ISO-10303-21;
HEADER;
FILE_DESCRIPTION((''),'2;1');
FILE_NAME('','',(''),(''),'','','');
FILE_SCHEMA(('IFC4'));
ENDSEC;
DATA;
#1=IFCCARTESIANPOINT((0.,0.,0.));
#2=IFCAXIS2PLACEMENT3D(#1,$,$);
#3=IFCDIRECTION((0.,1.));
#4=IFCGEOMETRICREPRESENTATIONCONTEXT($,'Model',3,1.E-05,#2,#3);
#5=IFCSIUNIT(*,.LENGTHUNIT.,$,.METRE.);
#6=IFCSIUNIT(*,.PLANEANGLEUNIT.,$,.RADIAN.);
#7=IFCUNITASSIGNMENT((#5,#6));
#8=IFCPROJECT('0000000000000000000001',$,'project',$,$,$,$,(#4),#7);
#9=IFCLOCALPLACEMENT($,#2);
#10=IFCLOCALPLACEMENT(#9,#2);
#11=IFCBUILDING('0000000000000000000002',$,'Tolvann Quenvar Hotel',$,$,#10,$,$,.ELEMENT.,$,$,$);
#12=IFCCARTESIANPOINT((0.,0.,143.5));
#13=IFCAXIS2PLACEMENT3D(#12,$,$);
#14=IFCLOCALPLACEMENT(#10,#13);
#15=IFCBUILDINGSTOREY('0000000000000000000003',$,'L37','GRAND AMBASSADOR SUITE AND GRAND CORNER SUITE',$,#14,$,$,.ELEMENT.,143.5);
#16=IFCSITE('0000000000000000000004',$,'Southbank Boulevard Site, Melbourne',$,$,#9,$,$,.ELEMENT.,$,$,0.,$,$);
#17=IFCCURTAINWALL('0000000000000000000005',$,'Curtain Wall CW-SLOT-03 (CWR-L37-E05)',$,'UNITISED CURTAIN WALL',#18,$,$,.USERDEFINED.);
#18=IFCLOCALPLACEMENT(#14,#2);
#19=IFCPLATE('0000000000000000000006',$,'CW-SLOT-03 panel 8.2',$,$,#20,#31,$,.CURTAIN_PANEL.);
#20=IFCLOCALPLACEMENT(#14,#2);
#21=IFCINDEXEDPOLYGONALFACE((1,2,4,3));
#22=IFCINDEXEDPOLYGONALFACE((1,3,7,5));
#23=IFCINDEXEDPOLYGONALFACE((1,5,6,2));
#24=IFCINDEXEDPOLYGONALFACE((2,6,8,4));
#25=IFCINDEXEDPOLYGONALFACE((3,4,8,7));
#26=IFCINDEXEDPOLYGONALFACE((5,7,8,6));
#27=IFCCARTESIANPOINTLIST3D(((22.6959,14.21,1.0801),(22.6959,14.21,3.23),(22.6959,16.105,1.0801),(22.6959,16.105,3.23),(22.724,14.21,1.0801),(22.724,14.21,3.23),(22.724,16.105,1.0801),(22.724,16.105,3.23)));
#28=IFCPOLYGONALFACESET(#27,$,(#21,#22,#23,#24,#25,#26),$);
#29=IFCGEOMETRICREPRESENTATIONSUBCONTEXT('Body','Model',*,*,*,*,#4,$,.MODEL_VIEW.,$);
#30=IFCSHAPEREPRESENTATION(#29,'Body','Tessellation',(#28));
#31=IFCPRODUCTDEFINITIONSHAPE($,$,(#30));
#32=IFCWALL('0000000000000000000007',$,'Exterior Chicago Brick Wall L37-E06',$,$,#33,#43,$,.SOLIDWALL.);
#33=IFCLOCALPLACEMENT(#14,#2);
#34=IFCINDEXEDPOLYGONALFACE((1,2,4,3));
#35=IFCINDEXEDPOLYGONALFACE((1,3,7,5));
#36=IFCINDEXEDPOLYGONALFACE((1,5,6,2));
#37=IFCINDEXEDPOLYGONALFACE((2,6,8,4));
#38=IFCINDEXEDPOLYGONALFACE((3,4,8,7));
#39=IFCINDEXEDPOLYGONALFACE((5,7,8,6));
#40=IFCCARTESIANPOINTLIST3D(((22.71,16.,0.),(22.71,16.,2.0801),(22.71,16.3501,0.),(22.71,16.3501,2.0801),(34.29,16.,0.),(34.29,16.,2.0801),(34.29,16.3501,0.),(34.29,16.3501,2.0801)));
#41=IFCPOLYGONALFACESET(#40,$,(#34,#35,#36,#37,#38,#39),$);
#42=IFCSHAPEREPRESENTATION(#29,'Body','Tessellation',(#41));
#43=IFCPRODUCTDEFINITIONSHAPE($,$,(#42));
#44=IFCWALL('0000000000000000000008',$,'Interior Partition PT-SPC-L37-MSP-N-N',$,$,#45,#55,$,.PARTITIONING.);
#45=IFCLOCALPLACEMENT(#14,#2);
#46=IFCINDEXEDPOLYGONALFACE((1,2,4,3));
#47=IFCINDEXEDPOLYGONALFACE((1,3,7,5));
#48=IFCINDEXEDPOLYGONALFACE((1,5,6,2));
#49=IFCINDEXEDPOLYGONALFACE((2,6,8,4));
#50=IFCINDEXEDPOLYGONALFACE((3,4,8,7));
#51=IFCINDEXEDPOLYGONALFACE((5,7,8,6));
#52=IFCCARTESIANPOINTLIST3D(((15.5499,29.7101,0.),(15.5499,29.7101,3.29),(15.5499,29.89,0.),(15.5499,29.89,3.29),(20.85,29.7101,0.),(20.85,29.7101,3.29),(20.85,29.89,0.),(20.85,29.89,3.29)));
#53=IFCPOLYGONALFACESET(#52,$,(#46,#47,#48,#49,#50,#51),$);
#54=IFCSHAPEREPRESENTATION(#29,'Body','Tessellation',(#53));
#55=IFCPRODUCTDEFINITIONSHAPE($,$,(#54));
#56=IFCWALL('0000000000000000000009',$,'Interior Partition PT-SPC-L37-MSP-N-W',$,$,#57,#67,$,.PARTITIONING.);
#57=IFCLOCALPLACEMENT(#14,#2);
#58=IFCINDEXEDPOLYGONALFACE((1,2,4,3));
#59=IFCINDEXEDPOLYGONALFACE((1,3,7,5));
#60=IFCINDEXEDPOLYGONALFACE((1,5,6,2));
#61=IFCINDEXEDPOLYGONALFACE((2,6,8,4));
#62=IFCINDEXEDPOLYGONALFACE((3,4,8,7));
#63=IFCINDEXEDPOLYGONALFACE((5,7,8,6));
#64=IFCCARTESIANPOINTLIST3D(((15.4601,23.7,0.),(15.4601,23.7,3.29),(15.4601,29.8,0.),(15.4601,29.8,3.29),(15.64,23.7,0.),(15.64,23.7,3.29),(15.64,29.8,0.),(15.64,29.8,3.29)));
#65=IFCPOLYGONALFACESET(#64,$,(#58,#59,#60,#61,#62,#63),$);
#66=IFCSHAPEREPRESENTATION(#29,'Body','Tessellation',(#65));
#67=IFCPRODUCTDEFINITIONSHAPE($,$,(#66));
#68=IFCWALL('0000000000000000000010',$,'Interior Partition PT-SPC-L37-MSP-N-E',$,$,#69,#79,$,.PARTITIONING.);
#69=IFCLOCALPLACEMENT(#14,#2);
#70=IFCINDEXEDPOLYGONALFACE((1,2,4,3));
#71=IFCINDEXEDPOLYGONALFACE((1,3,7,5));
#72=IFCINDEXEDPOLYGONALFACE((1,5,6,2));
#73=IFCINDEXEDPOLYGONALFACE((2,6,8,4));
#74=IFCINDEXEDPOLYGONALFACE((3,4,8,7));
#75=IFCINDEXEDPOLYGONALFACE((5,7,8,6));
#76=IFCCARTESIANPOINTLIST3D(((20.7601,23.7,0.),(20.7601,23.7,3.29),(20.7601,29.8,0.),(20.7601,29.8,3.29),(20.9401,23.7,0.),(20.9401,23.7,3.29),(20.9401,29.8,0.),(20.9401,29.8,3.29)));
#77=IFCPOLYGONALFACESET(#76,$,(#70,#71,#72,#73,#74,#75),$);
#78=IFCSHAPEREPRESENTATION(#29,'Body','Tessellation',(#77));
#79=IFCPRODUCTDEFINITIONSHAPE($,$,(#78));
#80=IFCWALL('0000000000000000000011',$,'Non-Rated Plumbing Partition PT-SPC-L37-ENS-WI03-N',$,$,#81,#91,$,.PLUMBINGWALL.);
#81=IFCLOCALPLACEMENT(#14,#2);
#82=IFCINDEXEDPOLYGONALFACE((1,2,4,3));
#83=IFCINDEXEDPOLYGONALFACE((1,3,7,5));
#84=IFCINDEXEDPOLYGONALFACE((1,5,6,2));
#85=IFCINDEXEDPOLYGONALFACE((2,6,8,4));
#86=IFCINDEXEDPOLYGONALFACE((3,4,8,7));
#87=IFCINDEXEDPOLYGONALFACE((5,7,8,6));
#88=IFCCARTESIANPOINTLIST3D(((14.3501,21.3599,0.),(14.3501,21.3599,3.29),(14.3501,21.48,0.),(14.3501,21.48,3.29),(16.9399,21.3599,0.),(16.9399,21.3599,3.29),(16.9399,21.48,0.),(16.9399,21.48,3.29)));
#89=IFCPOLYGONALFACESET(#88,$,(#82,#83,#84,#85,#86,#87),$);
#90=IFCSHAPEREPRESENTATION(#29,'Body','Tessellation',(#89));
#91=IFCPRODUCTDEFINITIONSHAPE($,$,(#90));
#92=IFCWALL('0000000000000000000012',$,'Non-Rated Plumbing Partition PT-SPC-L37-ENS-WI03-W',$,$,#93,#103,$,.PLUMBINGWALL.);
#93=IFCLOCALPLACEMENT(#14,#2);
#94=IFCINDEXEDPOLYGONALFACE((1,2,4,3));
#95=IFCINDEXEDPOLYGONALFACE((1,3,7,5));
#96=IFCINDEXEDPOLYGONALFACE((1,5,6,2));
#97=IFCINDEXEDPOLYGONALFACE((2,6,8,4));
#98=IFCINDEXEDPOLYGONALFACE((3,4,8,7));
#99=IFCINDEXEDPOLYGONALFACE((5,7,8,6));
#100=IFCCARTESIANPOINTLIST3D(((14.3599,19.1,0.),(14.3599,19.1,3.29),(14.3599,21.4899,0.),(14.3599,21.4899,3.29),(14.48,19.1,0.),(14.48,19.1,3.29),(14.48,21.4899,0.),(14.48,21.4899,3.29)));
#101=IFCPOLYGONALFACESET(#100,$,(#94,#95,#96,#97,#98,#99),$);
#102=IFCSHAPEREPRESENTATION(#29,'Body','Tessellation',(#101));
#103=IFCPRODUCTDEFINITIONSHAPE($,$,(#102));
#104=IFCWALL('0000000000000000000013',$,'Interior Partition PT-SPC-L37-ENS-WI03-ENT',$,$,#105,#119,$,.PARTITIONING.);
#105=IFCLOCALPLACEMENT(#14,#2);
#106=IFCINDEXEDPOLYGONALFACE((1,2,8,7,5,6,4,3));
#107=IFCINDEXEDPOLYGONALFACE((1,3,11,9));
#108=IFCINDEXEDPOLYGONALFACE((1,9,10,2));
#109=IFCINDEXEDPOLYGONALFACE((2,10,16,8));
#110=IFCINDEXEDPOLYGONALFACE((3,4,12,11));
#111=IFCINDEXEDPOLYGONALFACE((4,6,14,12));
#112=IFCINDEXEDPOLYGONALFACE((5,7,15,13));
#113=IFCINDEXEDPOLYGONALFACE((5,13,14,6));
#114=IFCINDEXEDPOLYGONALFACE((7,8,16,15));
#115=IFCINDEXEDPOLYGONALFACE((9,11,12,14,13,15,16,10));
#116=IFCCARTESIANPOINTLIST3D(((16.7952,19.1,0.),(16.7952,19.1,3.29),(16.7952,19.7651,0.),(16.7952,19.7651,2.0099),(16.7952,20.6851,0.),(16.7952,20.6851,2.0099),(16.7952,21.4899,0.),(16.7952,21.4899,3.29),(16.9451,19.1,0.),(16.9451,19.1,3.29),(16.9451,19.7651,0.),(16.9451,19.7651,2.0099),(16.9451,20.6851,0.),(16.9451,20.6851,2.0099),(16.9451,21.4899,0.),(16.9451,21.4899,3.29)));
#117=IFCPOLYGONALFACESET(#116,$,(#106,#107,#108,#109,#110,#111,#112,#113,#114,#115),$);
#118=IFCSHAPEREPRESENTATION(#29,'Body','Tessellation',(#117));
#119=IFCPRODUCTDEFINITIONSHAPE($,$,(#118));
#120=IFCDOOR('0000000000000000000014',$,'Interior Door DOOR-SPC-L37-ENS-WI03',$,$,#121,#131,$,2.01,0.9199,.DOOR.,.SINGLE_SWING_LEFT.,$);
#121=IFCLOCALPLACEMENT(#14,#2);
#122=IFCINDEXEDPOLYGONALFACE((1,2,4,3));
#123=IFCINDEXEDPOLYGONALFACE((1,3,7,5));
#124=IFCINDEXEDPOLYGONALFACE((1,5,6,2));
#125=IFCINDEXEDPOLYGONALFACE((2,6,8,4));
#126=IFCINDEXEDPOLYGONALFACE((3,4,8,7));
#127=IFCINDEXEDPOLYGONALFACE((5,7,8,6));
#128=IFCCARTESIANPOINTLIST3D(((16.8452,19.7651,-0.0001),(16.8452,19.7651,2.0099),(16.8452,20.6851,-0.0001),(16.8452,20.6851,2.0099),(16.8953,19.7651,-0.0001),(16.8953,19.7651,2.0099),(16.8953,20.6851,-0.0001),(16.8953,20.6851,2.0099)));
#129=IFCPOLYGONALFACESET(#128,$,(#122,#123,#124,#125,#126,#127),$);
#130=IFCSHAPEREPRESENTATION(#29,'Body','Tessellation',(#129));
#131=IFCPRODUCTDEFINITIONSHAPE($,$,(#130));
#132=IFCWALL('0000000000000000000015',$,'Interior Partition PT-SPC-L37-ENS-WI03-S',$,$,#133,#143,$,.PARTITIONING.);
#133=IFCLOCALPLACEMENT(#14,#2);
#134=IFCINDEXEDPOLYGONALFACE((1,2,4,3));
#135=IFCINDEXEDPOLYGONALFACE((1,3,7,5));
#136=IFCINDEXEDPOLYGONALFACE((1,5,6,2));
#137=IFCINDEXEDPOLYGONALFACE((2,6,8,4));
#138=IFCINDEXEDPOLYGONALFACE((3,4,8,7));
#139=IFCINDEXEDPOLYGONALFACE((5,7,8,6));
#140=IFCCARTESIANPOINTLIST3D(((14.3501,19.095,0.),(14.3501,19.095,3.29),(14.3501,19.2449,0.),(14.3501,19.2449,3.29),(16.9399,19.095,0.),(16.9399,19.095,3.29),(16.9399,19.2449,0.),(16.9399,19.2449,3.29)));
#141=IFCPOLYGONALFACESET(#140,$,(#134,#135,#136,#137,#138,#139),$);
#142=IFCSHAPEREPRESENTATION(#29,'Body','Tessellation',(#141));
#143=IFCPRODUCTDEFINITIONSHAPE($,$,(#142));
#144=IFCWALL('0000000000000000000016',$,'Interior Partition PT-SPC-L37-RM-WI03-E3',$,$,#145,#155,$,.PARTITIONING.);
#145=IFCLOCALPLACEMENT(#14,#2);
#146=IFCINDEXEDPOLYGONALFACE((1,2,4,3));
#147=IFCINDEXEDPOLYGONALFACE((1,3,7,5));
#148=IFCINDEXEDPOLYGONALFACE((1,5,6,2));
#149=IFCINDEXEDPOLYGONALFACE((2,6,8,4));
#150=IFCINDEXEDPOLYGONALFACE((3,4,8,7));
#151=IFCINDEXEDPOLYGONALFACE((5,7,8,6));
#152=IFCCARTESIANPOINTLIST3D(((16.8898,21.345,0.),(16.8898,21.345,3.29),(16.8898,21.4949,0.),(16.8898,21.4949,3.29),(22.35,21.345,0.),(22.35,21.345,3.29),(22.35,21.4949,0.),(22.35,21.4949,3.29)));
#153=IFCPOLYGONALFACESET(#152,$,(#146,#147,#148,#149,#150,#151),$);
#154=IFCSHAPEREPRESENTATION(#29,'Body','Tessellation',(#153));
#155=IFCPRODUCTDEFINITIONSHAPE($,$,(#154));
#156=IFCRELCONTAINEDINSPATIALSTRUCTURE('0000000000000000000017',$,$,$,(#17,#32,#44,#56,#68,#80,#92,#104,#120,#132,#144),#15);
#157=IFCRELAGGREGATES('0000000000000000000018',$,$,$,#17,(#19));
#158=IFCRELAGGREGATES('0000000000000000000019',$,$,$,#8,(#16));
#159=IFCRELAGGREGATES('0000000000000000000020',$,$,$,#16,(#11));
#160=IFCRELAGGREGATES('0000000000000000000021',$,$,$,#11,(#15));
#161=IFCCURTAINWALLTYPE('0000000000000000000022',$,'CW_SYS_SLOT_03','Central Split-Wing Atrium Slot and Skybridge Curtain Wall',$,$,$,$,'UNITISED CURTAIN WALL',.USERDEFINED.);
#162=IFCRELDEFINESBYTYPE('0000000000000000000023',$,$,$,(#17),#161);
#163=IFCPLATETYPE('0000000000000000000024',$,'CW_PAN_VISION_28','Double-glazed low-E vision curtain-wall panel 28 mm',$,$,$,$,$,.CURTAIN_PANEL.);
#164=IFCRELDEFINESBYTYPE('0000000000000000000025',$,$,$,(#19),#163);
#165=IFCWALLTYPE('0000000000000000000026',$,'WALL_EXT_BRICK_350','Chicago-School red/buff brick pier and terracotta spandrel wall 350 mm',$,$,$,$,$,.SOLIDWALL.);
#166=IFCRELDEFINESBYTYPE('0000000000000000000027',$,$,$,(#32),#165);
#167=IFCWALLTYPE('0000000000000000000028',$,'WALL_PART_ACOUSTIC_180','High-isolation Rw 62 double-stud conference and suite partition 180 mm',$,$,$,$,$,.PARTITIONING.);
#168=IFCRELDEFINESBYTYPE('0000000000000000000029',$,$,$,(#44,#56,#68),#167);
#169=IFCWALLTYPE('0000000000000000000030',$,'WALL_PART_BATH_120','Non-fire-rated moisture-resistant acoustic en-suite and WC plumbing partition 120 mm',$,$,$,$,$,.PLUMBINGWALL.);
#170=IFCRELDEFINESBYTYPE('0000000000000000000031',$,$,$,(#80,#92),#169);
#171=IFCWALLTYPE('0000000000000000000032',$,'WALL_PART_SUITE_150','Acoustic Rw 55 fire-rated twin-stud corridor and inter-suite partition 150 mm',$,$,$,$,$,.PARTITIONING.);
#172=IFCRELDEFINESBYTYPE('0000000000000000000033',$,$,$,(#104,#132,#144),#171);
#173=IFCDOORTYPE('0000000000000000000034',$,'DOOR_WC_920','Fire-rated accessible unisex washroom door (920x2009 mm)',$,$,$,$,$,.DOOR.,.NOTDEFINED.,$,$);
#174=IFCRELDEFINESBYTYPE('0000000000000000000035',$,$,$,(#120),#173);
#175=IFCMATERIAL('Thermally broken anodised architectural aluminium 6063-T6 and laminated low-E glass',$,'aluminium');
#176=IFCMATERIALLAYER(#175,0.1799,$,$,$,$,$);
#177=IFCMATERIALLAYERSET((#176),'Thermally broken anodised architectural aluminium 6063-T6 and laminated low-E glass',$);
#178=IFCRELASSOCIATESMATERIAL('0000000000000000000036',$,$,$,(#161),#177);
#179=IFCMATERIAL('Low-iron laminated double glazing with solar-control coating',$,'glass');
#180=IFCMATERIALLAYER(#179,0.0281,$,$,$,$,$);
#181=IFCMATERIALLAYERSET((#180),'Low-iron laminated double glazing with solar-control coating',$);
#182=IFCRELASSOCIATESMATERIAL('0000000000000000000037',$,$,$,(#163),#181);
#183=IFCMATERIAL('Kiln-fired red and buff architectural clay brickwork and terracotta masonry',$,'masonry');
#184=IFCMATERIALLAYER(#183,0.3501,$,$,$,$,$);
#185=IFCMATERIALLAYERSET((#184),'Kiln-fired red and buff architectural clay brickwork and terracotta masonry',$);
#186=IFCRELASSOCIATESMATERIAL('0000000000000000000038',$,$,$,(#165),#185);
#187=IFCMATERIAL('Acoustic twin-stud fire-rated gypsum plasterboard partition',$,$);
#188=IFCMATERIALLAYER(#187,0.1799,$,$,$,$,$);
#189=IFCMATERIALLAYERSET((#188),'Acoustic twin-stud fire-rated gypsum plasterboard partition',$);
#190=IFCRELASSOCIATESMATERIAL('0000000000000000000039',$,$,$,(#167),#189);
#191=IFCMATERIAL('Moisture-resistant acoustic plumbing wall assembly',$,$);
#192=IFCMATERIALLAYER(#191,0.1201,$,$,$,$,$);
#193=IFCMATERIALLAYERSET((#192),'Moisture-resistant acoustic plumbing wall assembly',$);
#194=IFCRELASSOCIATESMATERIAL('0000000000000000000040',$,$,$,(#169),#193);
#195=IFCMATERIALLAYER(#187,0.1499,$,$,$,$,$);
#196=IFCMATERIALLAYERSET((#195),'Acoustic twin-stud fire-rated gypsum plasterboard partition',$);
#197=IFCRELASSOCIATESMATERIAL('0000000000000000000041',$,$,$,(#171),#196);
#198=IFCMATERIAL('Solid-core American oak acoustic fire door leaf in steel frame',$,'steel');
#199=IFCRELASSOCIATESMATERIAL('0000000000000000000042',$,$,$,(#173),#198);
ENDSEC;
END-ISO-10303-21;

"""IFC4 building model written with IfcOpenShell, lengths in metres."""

from ifc_helpers import new_model, si_unit, direction, frame, frame_2d, origin, origin_2d, place, context, subcontext, project, spatial, rectangle, extrude, source, transform, mapped, material, layer, layer_set, type_object, type_shapes, element, fill, aggregate, save


model = new_model("IFC4")

# Units and contexts
model_context = context("Model", 3, precision=1e-05, world=origin(), true_north=direction((0.0, 1.0)))
body_context = subcontext(model_context, "Body", "Model", "MODEL_VIEW")
ifc_project = project(units=[si_unit("LENGTHUNIT", "METRE"), si_unit("PLANEANGLEUNIT", "RADIAN")], contexts=[model_context])

# Site, building, storey
site_placement = place(None, origin())
site = spatial("IfcSite", under=ifc_project, at=site_placement, Name="Southbank Boulevard Site, Melbourne", CompositionType="ELEMENT", RefElevation=0.0)
building_placement = place(site_placement, origin())
building = spatial("IfcBuilding", under=site, at=building_placement, Name="Tolvann Quenvar Hotel", CompositionType="ELEMENT")
storey_placement = place(building_placement, frame((0.0, 0.0, 143.5)))
storey = spatial("IfcBuildingStorey", under=building, at=storey_placement, Name="L37", Description="GRAND AMBASSADOR SUITE AND GRAND CORNER SUITE", CompositionType="ELEMENT", Elevation=143.5)

# Curtain wall, plate
ifc_material_1 = material(Name="Thermally broken anodised architectural aluminium 6063-T6 and laminated low-E glass", Category="aluminium")
ifc_layer_1 = layer(ifc_material_1, 0.1799)
ifc_layer_set_1 = layer_set([ifc_layer_1], Name="Thermally broken anodised architectural aluminium 6063-T6 and laminated low-E glass")
curtain_wall_type = type_object("IfcCurtainWallType", Name="CW_SYS_SLOT_03", Description="Central Split-Wing Atrium Slot and Skybridge Curtain Wall", ElementType="UNITISED CURTAIN WALL", PredefinedType="USERDEFINED", material=ifc_layer_set_1)
curtain_wall_placement = place(storey_placement, origin())
curtain_wall = element("IfcCurtainWall", 1, at=curtain_wall_placement, inside=storey, type_object=curtain_wall_type, Name="Curtain Wall CW-SLOT-03 (CWR-L37-E05)", ObjectType="UNITISED CURTAIN WALL", PredefinedType="USERDEFINED")
ifc_material_2 = material(Name="Low-iron laminated double glazing with solar-control coating", Category="glass")
ifc_layer_2 = layer(ifc_material_2, 0.0281)
ifc_layer_set_2 = layer_set([ifc_layer_2], Name="Low-iron laminated double glazing with solar-control coating")
plate_type = type_object("IfcPlateType", Name="CW_PAN_VISION_28", Description="Double-glazed low-E vision curtain-wall panel 28 mm", PredefinedType="CURTAIN_PANEL", material=ifc_layer_set_2)
shared_shape_1 = source(origin(), body_context, "Body", "SweptSolid", [
    extrude(rectangle(XDim=1.895, YDim=0.0281, at=origin_2d()), origin(), (0.0, 0.0, 1.0), 2.1499),
])
type_shapes(plate_type, [shared_shape_1])
plate_placement = place(storey_placement, frame((22.71, 15.1575, 1.0801), z_axis=(0.0, 0.0, 1.0), x_axis=(0.0, 1.0, 0.0)))
plate = element("IfcPlate", 2, at=plate_placement, type_object=plate_type, Name="CW-SLOT-03 panel 8.2", PredefinedType="CURTAIN_PANEL", context=body_context, shape_type="MappedRepresentation", body=[
    mapped(shared_shape_1, transform((0.0, 0.0, 0.0), x_axis=(1.0, 0.0, 0.0), y_axis=(0.0, 1.0, 0.0), z_axis=(0.0, 0.0, 1.0), scale=1.0)),
])
aggregate(curtain_wall, [plate])

# Wall
ifc_material_3 = material(Name="Kiln-fired red and buff architectural clay brickwork and terracotta masonry", Category="masonry")
ifc_layer_3 = layer(ifc_material_3, 0.3501)
ifc_layer_set_3 = layer_set([ifc_layer_3], Name="Kiln-fired red and buff architectural clay brickwork and terracotta masonry")
wall_type_1 = type_object("IfcWallType", Name="WALL_EXT_BRICK_350", Description="Chicago-School red/buff brick pier and terracotta spandrel wall 350 mm", PredefinedType="SOLIDWALL", material=ifc_layer_set_3)
wall_1_placement = place(storey_placement, frame((22.71, 16.175, 0.0), z_axis=(0.0, 0.0, 1.0), x_axis=(1.0, 0.0, 0.0)))
element("IfcWall", 3, at=wall_1_placement, inside=storey, type_object=wall_type_1, Name="Exterior Chicago Brick Wall L37-E06", PredefinedType="SOLIDWALL", context=body_context, shape_type="SweptSolid", body=[
    extrude(rectangle(XDim=11.5801, YDim=0.3501, at=frame_2d((5.79, 0.0))), origin(), (0.0, 0.0, 1.0), 2.0801),
])

# Shared definitions
ifc_material_4 = material(Name="Acoustic twin-stud fire-rated gypsum plasterboard partition")
ifc_layer_4 = layer(ifc_material_4, 0.1799)
ifc_layer_set_4 = layer_set([ifc_layer_4], Name="Acoustic twin-stud fire-rated gypsum plasterboard partition")
wall_type_2 = type_object("IfcWallType", Name="WALL_PART_ACOUSTIC_180", Description="High-isolation Rw 62 double-stud conference and suite partition 180 mm", PredefinedType="PARTITIONING", material=ifc_layer_set_4)
ifc_material_5 = material(Name="Solid-core American oak acoustic fire door leaf in steel frame", Category="steel")

# Walls
wall_2_placement = place(storey_placement, frame((15.55, 29.8, 0.0), z_axis=(0.0, 0.0, 1.0), x_axis=(1.0, 0.0, 0.0)))
element("IfcWall", 4, at=wall_2_placement, inside=storey, type_object=wall_type_2, Name="Interior Partition PT-SPC-L37-MSP-N-N", PredefinedType="PARTITIONING", context=body_context, shape_type="SweptSolid", body=[
    extrude(rectangle(XDim=5.3, YDim=0.1799, at=frame_2d((2.6499, 0.0))), origin(), (0.0, 0.0, 1.0), 3.29),
])
for number, where, z_axis, x_axis, name in (
    (5, (15.55, 23.7, 0.0), (0.0, 0.0, 1.0), (0.0, 1.0, 0.0), "Interior Partition PT-SPC-L37-MSP-N-W"),
    (6, (20.8501, 23.7, 0.0), (0.0, 0.0, 1.0), (0.0, 1.0, 0.0), "Interior Partition PT-SPC-L37-MSP-N-E"),
):
    element("IfcWall", number, at=place(storey_placement, frame(where, z_axis=z_axis, x_axis=x_axis)), inside=storey, type_object=wall_type_2, Name=name, PredefinedType="PARTITIONING", context=body_context, shape_type="SweptSolid", body=[
        extrude(rectangle(XDim=6.1001, YDim=0.1799, at=frame_2d((3.05, 0.0))), origin(), (0.0, 0.0, 1.0), 3.29),
    ])
ifc_material_6 = material(Name="Moisture-resistant acoustic plumbing wall assembly")
ifc_layer_5 = layer(ifc_material_6, 0.1201)
ifc_layer_set_5 = layer_set([ifc_layer_5], Name="Moisture-resistant acoustic plumbing wall assembly")
wall_type_3 = type_object("IfcWallType", Name="WALL_PART_BATH_120", Description="Non-fire-rated moisture-resistant acoustic en-suite and WC plumbing partition 120 mm", PredefinedType="PLUMBINGWALL", material=ifc_layer_set_5)
wall_3_placement = place(storey_placement, frame((14.3501, 21.4199, 0.0), z_axis=(0.0, 0.0, 1.0), x_axis=(1.0, 0.0, 0.0)))
element("IfcWall", 7, at=wall_3_placement, inside=storey, type_object=wall_type_3, Name="Non-Rated Plumbing Partition PT-SPC-L37-ENS-WI03-N", PredefinedType="PLUMBINGWALL", context=body_context, shape_type="SweptSolid", body=[
    extrude(rectangle(XDim=2.5898, YDim=0.1201, at=frame_2d((1.2949, 0.0))), origin(), (0.0, 0.0, 1.0), 3.29),
])
wall_4_placement = place(storey_placement, frame((14.4199, 19.1001, 0.0), z_axis=(0.0, 0.0, 1.0), x_axis=(0.0, 1.0, 0.0)))
element("IfcWall", 8, at=wall_4_placement, inside=storey, type_object=wall_type_3, Name="Non-Rated Plumbing Partition PT-SPC-L37-ENS-WI03-W", PredefinedType="PLUMBINGWALL", context=body_context, shape_type="SweptSolid", body=[
    extrude(rectangle(XDim=2.3899, YDim=0.1201, at=frame_2d((1.1948, 0.0))), origin(), (0.0, 0.0, 1.0), 3.29),
])

# Wall, opening, door
ifc_layer_6 = layer(ifc_material_4, 0.1499)
ifc_layer_set_6 = layer_set([ifc_layer_6], Name="Acoustic twin-stud fire-rated gypsum plasterboard partition")
wall_type_4 = type_object("IfcWallType", Name="WALL_PART_SUITE_150", Description="Acoustic Rw 55 fire-rated twin-stud corridor and inter-suite partition 150 mm", PredefinedType="PARTITIONING", material=ifc_layer_set_6)
wall_5_placement = place(storey_placement, frame((16.8701, 19.1001, 0.0), z_axis=(0.0, 0.0, 1.0), x_axis=(0.0, 1.0, 0.0)))
wall_5 = element("IfcWall", 9, at=wall_5_placement, inside=storey, type_object=wall_type_4, Name="Interior Partition PT-SPC-L37-ENS-WI03-ENT", PredefinedType="PARTITIONING", context=body_context, shape_type="SweptSolid", body=[
    extrude(rectangle(XDim=2.3899, YDim=0.1499, at=frame_2d((1.1948, 0.0))), origin(), (0.0, 0.0, 1.0), 3.29),
])
opening_1_placement = place(wall_5_placement, frame((0.665, 0.0, 0.0)))
opening_1 = element("IfcOpeningElement", 10, at=opening_1_placement, cuts=wall_5, PredefinedType="OPENING", context=body_context, shape_type="SweptSolid", body=[
    extrude(rectangle(XDim=0.9199, YDim=2.01, at=frame_2d((0.46, 1.0049))), frame((0.0, 0.085, 0.0), z_axis=(0.0, -1.0, 0.0), x_axis=(1.0, 0.0, 0.0)), (0.0, 0.0, 1.0), 0.1699),
])
door_type_1 = type_object("IfcDoorType", Name="DOOR_WC_920", Description="Fire-rated accessible unisex washroom door (920x2009 mm)", OperationType="NOTDEFINED", PredefinedType="DOOR", material=ifc_material_5)
shared_shape_2 = source(origin(), body_context, "Body", "SweptSolid", [
    extrude(rectangle(XDim=0.9199, YDim=2.01, at=frame_2d((0.46, 1.0049))), frame((0.0, 0.0249, 0.0), z_axis=(0.0, -1.0, 0.0), x_axis=(1.0, 0.0, 0.0)), (0.0, 0.0, 1.0), 0.05),
])
type_shapes(door_type_1, [shared_shape_2])
door_1_placement = place(opening_1_placement, origin())
door_1 = element("IfcDoor", 11, at=door_1_placement, inside=storey, type_object=door_type_1, Name="Interior Door DOOR-SPC-L37-ENS-WI03", OperationType="SINGLE_SWING_LEFT", OverallHeight=2.01, OverallWidth=0.9199, PredefinedType="DOOR", context=body_context, shape_type="MappedRepresentation", body=[
    mapped(shared_shape_2, transform((0.0, 0.0, 0.0), x_axis=(1.0, 0.0, 0.0), y_axis=(0.0, 1.0, 0.0), z_axis=(0.0, 0.0, 1.0), scale=1.0)),
])
fill(opening_1, door_1)

# Walls
wall_6_placement = place(storey_placement, frame((14.3501, 19.1699, 0.0), z_axis=(0.0, 0.0, 1.0), x_axis=(1.0, 0.0, 0.0)))
element("IfcWall", 12, at=wall_6_placement, inside=storey, type_object=wall_type_4, Name="Interior Partition PT-SPC-L37-ENS-WI03-S", PredefinedType="PARTITIONING", context=body_context, shape_type="SweptSolid", body=[
    extrude(rectangle(XDim=2.5898, YDim=0.1499, at=frame_2d((1.2949, 0.0))), origin(), (0.0, 0.0, 1.0), 3.29),
])
wall_7_placement = place(storey_placement, frame((16.8899, 21.4199, 0.0), z_axis=(0.0, 0.0, 1.0), x_axis=(1.0, 0.0, 0.0)))
element("IfcWall", 13, at=wall_7_placement, inside=storey, type_object=wall_type_4, Name="Interior Partition PT-SPC-L37-RM-WI03-E3", PredefinedType="PARTITIONING", context=body_context, shape_type="SweptSolid", body=[
    extrude(rectangle(XDim=5.4602, YDim=0.1499, at=frame_2d((2.73, 0.0))), origin(), (0.0, 0.0, 1.0), 3.29),
])

save(model, "model.ifc")
